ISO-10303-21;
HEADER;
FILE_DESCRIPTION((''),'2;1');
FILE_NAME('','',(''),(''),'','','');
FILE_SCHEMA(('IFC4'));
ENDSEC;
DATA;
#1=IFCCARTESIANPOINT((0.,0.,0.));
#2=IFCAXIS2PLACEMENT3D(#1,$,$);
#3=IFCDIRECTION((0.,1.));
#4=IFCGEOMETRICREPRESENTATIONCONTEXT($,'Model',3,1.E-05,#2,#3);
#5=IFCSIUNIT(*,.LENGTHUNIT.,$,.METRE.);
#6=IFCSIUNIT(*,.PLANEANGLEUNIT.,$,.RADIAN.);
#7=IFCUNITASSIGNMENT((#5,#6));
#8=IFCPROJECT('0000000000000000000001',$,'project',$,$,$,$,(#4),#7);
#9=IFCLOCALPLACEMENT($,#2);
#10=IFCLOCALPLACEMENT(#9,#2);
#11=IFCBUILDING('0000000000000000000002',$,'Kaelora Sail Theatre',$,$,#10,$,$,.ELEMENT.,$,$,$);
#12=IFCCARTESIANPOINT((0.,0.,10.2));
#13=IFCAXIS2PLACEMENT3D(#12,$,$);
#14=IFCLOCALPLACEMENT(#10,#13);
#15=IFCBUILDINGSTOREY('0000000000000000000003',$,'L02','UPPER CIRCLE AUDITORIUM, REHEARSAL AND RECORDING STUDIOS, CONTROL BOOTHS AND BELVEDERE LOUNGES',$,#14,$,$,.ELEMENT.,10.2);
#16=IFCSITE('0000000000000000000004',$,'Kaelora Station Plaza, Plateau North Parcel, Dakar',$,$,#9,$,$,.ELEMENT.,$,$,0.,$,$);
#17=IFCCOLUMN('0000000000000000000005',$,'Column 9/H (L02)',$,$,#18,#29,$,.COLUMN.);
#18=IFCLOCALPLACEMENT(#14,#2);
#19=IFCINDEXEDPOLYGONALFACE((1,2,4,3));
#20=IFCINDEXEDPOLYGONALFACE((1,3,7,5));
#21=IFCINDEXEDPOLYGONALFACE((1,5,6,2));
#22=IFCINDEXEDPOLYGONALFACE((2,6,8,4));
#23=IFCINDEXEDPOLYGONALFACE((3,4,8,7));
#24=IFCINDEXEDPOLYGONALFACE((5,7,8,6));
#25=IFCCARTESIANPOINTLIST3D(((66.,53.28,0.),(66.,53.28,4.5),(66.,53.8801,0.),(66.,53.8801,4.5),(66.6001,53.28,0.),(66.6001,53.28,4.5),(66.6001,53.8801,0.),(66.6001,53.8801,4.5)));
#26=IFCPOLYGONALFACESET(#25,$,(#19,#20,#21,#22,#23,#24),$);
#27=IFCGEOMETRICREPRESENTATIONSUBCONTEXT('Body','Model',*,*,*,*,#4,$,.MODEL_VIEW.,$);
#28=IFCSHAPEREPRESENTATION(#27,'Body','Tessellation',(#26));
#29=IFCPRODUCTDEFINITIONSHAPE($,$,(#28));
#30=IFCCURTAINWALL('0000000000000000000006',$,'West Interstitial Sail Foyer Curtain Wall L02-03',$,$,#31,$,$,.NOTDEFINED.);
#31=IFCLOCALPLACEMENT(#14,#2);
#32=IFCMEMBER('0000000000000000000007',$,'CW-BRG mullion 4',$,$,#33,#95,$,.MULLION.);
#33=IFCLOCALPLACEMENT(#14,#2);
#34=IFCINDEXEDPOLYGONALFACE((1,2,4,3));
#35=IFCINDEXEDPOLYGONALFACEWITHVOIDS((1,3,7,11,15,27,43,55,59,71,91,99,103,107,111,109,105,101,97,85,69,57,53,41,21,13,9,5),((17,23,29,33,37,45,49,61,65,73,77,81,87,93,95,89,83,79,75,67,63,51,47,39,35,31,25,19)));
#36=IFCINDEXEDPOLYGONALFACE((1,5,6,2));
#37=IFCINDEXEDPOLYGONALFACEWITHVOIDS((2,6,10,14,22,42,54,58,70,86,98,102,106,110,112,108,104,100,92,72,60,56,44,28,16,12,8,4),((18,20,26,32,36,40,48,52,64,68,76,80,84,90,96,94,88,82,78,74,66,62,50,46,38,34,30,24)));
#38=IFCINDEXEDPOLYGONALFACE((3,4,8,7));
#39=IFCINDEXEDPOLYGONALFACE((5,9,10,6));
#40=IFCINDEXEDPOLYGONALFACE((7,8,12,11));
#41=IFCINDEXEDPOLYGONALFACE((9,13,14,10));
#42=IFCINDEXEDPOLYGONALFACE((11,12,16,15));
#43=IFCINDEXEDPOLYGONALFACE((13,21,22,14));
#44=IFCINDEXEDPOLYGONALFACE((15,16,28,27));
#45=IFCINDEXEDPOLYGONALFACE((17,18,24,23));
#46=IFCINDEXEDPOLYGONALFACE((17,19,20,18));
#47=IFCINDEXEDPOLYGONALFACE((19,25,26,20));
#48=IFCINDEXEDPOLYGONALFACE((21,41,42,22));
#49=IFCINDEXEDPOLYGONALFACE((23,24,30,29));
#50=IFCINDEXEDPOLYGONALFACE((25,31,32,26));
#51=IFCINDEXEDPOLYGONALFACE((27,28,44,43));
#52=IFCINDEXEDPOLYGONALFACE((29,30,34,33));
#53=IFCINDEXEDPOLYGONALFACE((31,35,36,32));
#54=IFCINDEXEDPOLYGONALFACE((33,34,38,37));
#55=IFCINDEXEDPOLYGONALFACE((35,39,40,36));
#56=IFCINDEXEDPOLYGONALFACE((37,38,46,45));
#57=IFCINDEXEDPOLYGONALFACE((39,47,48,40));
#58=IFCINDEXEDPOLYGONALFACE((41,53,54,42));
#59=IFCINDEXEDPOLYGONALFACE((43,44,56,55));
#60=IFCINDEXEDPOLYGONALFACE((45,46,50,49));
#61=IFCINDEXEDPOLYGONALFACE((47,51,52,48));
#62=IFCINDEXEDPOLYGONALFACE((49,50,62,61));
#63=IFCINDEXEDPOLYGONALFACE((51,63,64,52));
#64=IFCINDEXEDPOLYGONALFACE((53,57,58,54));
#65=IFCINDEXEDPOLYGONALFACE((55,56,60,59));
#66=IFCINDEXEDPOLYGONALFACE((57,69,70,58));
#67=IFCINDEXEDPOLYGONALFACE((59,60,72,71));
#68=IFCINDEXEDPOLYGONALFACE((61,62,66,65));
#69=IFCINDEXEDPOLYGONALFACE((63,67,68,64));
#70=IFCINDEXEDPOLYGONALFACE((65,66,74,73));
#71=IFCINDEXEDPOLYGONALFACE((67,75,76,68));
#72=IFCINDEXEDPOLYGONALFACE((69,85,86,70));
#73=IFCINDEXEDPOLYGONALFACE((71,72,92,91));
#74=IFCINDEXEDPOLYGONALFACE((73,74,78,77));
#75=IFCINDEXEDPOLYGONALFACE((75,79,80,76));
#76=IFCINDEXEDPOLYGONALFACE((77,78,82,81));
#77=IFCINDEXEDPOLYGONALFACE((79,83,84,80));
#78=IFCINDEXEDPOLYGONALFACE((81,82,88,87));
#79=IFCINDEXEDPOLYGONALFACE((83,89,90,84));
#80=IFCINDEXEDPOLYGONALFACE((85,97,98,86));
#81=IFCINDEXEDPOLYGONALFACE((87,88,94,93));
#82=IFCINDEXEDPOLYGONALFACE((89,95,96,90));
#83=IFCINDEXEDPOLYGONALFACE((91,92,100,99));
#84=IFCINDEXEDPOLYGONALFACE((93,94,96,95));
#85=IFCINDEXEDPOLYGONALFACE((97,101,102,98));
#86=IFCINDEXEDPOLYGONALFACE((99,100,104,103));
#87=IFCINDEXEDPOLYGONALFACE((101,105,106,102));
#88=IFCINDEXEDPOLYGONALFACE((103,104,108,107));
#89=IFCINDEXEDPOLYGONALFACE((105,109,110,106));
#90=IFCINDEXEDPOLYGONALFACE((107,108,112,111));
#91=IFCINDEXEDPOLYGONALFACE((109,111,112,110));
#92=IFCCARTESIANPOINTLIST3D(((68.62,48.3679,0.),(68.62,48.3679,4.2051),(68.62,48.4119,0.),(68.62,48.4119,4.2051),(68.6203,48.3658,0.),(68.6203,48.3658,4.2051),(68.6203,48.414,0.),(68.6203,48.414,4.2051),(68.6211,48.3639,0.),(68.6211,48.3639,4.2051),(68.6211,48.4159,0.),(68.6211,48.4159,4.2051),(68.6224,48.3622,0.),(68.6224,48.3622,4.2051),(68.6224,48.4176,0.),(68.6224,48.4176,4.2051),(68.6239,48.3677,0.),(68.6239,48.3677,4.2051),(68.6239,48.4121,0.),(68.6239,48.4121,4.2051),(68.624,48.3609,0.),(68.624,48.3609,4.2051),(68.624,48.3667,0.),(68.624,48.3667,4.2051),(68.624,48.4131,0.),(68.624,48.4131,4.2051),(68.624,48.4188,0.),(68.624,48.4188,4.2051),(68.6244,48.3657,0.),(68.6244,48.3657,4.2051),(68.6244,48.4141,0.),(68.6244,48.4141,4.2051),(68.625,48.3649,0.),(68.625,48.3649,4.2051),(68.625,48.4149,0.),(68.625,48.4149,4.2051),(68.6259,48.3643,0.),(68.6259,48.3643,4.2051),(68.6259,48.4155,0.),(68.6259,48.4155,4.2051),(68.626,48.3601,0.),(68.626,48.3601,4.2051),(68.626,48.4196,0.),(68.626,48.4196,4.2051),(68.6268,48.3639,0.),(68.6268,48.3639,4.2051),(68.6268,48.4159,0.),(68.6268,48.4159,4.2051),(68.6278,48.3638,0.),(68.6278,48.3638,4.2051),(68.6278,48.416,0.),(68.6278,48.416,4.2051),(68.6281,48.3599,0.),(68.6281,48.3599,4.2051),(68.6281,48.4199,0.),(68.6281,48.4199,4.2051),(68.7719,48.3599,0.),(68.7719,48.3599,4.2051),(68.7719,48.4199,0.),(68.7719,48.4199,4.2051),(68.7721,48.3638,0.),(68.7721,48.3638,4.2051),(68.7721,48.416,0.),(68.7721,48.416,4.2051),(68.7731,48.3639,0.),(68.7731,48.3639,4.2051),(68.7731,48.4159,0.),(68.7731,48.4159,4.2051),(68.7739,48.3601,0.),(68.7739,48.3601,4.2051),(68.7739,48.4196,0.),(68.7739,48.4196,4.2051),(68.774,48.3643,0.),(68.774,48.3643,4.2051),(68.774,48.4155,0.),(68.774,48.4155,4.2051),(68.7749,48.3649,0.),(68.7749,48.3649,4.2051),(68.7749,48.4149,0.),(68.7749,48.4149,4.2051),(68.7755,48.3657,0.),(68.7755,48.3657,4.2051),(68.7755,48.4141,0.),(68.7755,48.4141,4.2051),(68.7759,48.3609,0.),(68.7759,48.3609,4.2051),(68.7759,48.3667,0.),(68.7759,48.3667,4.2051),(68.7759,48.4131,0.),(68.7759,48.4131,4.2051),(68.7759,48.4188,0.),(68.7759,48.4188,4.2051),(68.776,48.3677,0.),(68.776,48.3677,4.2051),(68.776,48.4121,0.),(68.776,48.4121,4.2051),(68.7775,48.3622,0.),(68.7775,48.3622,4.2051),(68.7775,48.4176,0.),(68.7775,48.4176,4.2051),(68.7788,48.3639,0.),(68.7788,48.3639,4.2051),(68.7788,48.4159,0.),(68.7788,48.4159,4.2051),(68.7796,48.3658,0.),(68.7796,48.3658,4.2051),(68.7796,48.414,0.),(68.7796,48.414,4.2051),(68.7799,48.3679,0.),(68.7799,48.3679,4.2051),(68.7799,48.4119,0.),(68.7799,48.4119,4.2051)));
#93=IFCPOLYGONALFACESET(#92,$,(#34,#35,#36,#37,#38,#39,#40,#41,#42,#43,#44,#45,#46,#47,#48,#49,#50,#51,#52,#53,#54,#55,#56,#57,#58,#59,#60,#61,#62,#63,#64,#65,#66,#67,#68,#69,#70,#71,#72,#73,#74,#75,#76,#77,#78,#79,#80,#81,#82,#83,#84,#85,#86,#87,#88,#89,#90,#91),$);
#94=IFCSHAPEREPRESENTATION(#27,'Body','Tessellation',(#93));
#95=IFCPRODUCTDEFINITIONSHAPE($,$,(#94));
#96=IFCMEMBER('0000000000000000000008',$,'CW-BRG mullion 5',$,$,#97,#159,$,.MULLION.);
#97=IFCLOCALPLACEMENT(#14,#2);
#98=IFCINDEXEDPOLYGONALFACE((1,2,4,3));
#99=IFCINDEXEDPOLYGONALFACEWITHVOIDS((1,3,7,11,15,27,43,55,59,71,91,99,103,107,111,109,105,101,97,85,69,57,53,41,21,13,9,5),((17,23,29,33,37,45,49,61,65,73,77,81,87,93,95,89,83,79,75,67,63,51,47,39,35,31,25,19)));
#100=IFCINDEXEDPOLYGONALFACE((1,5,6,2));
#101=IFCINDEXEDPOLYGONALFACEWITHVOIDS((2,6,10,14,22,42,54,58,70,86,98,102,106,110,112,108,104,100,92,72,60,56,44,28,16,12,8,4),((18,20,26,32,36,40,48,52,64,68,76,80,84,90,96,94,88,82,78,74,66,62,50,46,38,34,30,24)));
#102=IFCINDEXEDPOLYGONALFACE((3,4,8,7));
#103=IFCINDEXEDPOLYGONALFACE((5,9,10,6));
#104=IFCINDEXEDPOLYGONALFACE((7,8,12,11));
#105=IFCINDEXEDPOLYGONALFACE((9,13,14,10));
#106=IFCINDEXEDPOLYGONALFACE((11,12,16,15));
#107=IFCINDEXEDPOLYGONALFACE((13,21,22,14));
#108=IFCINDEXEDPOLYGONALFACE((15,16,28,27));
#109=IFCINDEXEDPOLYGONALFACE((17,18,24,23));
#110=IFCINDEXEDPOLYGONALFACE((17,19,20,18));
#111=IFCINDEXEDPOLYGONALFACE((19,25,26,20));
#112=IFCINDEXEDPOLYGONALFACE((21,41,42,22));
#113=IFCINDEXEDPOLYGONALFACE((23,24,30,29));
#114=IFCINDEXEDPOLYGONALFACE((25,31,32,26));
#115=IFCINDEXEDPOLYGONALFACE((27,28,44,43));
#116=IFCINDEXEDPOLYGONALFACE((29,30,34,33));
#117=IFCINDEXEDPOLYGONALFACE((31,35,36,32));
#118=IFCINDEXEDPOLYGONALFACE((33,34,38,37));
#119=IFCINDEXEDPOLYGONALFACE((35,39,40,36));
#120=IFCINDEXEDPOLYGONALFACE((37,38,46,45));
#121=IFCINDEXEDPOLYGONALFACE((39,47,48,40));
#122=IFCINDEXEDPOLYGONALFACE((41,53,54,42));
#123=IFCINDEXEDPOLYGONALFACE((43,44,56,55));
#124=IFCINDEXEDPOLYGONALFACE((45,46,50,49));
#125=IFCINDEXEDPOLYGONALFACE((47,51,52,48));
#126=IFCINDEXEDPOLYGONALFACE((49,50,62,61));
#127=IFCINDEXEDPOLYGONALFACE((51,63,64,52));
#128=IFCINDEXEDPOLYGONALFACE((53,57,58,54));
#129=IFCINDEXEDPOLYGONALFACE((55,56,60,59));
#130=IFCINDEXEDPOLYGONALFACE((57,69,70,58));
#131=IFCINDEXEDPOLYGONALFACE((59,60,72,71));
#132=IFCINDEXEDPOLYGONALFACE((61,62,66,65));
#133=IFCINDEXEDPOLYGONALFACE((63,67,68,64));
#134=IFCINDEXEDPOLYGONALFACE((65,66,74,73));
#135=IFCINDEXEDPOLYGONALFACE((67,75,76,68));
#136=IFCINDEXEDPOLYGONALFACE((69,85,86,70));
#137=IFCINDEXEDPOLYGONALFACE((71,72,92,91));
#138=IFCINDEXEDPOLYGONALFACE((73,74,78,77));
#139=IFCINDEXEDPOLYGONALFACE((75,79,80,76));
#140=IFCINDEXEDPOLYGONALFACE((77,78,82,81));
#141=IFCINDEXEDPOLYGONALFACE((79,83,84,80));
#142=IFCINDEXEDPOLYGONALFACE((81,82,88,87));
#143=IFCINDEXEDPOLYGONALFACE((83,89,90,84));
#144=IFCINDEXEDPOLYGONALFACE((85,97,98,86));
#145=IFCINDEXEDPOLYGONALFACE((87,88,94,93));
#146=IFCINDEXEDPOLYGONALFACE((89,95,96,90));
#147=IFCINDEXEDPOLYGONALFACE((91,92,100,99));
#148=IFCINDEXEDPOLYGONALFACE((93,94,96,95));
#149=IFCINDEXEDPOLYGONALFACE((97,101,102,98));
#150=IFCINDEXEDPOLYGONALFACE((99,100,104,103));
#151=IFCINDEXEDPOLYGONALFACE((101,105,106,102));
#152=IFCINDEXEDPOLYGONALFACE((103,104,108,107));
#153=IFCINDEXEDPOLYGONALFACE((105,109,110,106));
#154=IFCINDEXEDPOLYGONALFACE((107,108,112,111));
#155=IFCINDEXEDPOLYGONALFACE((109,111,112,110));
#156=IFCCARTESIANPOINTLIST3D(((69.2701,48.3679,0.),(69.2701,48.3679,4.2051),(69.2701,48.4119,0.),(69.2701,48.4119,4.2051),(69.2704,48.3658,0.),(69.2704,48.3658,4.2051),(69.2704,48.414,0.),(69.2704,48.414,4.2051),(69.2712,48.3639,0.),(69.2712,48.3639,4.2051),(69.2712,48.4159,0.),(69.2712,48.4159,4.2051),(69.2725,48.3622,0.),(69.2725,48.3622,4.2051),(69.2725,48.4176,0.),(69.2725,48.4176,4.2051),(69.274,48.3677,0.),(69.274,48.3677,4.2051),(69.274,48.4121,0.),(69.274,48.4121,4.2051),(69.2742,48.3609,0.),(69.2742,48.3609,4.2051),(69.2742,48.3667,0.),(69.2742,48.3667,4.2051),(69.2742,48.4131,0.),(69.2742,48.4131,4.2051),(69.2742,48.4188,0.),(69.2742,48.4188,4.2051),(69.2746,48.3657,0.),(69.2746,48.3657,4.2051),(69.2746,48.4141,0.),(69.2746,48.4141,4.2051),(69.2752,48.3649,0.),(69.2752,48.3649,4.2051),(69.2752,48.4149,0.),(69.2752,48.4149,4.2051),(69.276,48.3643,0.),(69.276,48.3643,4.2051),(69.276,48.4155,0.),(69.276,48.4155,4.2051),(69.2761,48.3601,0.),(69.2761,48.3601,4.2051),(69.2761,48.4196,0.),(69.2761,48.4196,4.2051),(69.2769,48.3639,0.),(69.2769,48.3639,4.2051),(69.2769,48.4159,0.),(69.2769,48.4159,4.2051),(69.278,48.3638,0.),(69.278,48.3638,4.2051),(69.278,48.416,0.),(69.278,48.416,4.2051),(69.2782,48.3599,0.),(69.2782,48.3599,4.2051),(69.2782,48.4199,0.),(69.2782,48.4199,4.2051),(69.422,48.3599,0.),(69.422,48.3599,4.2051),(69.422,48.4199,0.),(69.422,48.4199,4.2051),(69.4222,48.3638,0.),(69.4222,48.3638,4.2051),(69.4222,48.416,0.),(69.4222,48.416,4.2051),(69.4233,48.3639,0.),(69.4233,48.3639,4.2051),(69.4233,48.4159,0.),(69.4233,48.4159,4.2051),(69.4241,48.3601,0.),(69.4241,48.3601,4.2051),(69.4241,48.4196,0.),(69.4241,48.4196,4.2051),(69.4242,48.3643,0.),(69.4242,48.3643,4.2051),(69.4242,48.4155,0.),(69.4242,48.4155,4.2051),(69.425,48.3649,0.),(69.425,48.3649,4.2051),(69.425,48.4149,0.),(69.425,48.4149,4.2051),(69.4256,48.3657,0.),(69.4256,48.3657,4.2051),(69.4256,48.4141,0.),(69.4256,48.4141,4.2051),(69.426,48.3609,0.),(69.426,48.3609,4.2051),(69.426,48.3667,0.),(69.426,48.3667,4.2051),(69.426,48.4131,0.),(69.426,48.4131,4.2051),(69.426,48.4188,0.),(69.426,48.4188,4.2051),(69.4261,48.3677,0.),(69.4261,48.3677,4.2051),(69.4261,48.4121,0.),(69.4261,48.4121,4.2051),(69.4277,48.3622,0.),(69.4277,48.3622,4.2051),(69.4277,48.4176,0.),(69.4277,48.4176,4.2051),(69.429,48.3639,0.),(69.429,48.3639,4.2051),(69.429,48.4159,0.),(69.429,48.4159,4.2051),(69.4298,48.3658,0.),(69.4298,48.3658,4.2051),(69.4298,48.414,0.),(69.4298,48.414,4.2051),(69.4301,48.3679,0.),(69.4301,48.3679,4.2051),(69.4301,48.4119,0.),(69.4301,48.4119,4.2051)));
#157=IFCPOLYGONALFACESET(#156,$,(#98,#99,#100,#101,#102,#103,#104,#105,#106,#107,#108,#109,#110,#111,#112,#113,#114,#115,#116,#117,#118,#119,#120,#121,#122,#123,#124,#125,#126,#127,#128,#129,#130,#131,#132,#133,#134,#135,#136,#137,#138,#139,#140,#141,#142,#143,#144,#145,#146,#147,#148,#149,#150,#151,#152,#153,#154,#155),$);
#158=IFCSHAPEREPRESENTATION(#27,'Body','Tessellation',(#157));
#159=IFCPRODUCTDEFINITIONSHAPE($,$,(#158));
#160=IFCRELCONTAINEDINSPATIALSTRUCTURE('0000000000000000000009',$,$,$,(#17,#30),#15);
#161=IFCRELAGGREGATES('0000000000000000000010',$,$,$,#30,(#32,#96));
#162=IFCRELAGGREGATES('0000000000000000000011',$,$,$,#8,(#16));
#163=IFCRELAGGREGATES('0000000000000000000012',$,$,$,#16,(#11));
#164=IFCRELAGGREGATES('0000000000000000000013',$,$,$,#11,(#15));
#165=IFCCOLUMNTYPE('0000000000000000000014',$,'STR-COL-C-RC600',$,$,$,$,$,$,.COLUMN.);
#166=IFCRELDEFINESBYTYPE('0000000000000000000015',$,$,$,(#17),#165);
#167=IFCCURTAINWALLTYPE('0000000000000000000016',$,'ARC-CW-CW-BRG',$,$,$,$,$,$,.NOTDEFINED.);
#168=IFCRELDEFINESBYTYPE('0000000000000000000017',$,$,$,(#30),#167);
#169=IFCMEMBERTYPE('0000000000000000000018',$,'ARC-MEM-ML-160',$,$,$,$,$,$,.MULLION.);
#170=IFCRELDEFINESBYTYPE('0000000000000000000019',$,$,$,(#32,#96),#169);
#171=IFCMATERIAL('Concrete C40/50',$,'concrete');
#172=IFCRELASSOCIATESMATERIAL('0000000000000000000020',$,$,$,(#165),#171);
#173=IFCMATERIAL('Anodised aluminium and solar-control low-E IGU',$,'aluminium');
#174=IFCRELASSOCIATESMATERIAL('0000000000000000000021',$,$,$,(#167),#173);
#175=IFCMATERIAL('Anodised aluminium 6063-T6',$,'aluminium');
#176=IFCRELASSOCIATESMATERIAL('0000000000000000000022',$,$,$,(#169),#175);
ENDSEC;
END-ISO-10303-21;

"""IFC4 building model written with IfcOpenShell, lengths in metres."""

from ifc_helpers import new_model, si_unit, direction, frame, origin, origin_2d, place, context, subcontext, project, spatial, rectangle, hollow_rectangle, extrude, material, material_profile, profile_set, type_object, element, aggregate, save


model = new_model("IFC4")

# Units and contexts
model_context = context("Model", 3, precision=1e-05, world=origin(), true_north=direction((0.0, 1.0)))
body_context = subcontext(model_context, "Body", "Model", "MODEL_VIEW")
ifc_project = project(units=[si_unit("LENGTHUNIT", "METRE"), si_unit("PLANEANGLEUNIT", "RADIAN")], contexts=[model_context])

# Site, building, storey
site_placement = place(None, origin())
site = spatial("IfcSite", under=ifc_project, at=site_placement, Name="Kaelora Station Plaza, Plateau North Parcel, Dakar", CompositionType="ELEMENT", RefElevation=0.0)
building_placement = place(site_placement, origin())
building = spatial("IfcBuilding", under=site, at=building_placement, Name="Kaelora Sail Theatre", CompositionType="ELEMENT")
storey_placement = place(building_placement, frame((0.0, 0.0, 10.2)))
storey = spatial("IfcBuildingStorey", under=building, at=storey_placement, Name="L02", Description="UPPER CIRCLE AUDITORIUM, REHEARSAL AND RECORDING STUDIOS, CONTROL BOOTHS AND BELVEDERE LOUNGES", CompositionType="ELEMENT", Elevation=10.2)

# Column
ifc_material_1 = material(Name="Concrete C40/50", Category="concrete")
ifc_material_profile_1 = material_profile(ifc_material_1, rectangle(XDim=0.6001, YDim=0.6001, at=origin_2d()), Name="RC-COL 600x600")
ifc_profile_set_1 = profile_set([ifc_material_profile_1], Name="Concrete C40/50")
column_type = type_object("IfcColumnType", Name="STR-COL-C-RC600", PredefinedType="COLUMN", material=ifc_profile_set_1)
column_placement = place(storey_placement, frame((66.3, 53.5801, 0.0), z_axis=(0.0, 0.0, 1.0), x_axis=(1.0, 0.0, 0.0)))
element("IfcColumn", 1, at=column_placement, inside=storey, type_object=column_type, Name="Column 9/H (L02)", PredefinedType="COLUMN", context=body_context, shape_type="SweptSolid", body=[
    extrude(rectangle(XDim=0.6001, YDim=0.6001, at=origin_2d()), origin(), (0.0, 0.0, 1.0), 4.5),
])

# Curtain wall, members
ifc_material_2 = material(Name="Anodised aluminium and solar-control low-E IGU", Category="aluminium")
curtain_wall_type = type_object("IfcCurtainWallType", Name="ARC-CW-CW-BRG", PredefinedType="NOTDEFINED", material=ifc_material_2)
curtain_wall_placement = place(storey_placement, origin())
curtain_wall = element("IfcCurtainWall", 2, at=curtain_wall_placement, inside=storey, type_object=curtain_wall_type, Name="West Interstitial Sail Foyer Curtain Wall L02-03", PredefinedType="NOTDEFINED")
ifc_material_3 = material(Name="Anodised aluminium 6063-T6", Category="aluminium")
ifc_material_profile_2 = material_profile(ifc_material_3, hollow_rectangle(XDim=0.0601, YDim=0.1599, WallThickness=0.0039, InnerFilletRadius=0.0039, OuterFilletRadius=0.0081, at=origin_2d()), Name="ALU-MULL 60x160x4")
ifc_profile_set_2 = profile_set([ifc_material_profile_2], Name="Anodised aluminium 6063-T6")
member_type_1 = type_object("IfcMemberType", Name="ARC-MEM-ML-160", PredefinedType="MULLION", material=ifc_profile_set_2)
member_1_placement = place(storey_placement, frame((68.7, 48.3899, 0.0), z_axis=(0.0, 0.0, 1.0), x_axis=(0.0, 1.0, 0.0)))
member_1 = element("IfcMember", 3, at=member_1_placement, type_object=member_type_1, Name="CW-BRG mullion 4", PredefinedType="MULLION", context=body_context, shape_type="SweptSolid", body=[
    extrude(hollow_rectangle(XDim=0.0601, YDim=0.1599, WallThickness=0.0039, InnerFilletRadius=0.0039, OuterFilletRadius=0.0081, at=origin_2d()), origin(), (0.0, 0.0, 1.0), 4.2051),
])
member_2_placement = place(storey_placement, frame((69.3501, 48.3899, 0.0), z_axis=(0.0, 0.0, 1.0), x_axis=(0.0, 1.0, 0.0)))
member_2 = element("IfcMember", 4, at=member_2_placement, type_object=member_type_1, Name="CW-BRG mullion 5", PredefinedType="MULLION", context=body_context, shape_type="SweptSolid", body=[
    extrude(hollow_rectangle(XDim=0.0601, YDim=0.1599, WallThickness=0.0039, InnerFilletRadius=0.0039, OuterFilletRadius=0.0081, at=origin_2d()), origin(), (0.0, 0.0, 1.0), 4.2051),
])

aggregate(curtain_wall, [member_1, member_2])

save(model, "model.ifc")
